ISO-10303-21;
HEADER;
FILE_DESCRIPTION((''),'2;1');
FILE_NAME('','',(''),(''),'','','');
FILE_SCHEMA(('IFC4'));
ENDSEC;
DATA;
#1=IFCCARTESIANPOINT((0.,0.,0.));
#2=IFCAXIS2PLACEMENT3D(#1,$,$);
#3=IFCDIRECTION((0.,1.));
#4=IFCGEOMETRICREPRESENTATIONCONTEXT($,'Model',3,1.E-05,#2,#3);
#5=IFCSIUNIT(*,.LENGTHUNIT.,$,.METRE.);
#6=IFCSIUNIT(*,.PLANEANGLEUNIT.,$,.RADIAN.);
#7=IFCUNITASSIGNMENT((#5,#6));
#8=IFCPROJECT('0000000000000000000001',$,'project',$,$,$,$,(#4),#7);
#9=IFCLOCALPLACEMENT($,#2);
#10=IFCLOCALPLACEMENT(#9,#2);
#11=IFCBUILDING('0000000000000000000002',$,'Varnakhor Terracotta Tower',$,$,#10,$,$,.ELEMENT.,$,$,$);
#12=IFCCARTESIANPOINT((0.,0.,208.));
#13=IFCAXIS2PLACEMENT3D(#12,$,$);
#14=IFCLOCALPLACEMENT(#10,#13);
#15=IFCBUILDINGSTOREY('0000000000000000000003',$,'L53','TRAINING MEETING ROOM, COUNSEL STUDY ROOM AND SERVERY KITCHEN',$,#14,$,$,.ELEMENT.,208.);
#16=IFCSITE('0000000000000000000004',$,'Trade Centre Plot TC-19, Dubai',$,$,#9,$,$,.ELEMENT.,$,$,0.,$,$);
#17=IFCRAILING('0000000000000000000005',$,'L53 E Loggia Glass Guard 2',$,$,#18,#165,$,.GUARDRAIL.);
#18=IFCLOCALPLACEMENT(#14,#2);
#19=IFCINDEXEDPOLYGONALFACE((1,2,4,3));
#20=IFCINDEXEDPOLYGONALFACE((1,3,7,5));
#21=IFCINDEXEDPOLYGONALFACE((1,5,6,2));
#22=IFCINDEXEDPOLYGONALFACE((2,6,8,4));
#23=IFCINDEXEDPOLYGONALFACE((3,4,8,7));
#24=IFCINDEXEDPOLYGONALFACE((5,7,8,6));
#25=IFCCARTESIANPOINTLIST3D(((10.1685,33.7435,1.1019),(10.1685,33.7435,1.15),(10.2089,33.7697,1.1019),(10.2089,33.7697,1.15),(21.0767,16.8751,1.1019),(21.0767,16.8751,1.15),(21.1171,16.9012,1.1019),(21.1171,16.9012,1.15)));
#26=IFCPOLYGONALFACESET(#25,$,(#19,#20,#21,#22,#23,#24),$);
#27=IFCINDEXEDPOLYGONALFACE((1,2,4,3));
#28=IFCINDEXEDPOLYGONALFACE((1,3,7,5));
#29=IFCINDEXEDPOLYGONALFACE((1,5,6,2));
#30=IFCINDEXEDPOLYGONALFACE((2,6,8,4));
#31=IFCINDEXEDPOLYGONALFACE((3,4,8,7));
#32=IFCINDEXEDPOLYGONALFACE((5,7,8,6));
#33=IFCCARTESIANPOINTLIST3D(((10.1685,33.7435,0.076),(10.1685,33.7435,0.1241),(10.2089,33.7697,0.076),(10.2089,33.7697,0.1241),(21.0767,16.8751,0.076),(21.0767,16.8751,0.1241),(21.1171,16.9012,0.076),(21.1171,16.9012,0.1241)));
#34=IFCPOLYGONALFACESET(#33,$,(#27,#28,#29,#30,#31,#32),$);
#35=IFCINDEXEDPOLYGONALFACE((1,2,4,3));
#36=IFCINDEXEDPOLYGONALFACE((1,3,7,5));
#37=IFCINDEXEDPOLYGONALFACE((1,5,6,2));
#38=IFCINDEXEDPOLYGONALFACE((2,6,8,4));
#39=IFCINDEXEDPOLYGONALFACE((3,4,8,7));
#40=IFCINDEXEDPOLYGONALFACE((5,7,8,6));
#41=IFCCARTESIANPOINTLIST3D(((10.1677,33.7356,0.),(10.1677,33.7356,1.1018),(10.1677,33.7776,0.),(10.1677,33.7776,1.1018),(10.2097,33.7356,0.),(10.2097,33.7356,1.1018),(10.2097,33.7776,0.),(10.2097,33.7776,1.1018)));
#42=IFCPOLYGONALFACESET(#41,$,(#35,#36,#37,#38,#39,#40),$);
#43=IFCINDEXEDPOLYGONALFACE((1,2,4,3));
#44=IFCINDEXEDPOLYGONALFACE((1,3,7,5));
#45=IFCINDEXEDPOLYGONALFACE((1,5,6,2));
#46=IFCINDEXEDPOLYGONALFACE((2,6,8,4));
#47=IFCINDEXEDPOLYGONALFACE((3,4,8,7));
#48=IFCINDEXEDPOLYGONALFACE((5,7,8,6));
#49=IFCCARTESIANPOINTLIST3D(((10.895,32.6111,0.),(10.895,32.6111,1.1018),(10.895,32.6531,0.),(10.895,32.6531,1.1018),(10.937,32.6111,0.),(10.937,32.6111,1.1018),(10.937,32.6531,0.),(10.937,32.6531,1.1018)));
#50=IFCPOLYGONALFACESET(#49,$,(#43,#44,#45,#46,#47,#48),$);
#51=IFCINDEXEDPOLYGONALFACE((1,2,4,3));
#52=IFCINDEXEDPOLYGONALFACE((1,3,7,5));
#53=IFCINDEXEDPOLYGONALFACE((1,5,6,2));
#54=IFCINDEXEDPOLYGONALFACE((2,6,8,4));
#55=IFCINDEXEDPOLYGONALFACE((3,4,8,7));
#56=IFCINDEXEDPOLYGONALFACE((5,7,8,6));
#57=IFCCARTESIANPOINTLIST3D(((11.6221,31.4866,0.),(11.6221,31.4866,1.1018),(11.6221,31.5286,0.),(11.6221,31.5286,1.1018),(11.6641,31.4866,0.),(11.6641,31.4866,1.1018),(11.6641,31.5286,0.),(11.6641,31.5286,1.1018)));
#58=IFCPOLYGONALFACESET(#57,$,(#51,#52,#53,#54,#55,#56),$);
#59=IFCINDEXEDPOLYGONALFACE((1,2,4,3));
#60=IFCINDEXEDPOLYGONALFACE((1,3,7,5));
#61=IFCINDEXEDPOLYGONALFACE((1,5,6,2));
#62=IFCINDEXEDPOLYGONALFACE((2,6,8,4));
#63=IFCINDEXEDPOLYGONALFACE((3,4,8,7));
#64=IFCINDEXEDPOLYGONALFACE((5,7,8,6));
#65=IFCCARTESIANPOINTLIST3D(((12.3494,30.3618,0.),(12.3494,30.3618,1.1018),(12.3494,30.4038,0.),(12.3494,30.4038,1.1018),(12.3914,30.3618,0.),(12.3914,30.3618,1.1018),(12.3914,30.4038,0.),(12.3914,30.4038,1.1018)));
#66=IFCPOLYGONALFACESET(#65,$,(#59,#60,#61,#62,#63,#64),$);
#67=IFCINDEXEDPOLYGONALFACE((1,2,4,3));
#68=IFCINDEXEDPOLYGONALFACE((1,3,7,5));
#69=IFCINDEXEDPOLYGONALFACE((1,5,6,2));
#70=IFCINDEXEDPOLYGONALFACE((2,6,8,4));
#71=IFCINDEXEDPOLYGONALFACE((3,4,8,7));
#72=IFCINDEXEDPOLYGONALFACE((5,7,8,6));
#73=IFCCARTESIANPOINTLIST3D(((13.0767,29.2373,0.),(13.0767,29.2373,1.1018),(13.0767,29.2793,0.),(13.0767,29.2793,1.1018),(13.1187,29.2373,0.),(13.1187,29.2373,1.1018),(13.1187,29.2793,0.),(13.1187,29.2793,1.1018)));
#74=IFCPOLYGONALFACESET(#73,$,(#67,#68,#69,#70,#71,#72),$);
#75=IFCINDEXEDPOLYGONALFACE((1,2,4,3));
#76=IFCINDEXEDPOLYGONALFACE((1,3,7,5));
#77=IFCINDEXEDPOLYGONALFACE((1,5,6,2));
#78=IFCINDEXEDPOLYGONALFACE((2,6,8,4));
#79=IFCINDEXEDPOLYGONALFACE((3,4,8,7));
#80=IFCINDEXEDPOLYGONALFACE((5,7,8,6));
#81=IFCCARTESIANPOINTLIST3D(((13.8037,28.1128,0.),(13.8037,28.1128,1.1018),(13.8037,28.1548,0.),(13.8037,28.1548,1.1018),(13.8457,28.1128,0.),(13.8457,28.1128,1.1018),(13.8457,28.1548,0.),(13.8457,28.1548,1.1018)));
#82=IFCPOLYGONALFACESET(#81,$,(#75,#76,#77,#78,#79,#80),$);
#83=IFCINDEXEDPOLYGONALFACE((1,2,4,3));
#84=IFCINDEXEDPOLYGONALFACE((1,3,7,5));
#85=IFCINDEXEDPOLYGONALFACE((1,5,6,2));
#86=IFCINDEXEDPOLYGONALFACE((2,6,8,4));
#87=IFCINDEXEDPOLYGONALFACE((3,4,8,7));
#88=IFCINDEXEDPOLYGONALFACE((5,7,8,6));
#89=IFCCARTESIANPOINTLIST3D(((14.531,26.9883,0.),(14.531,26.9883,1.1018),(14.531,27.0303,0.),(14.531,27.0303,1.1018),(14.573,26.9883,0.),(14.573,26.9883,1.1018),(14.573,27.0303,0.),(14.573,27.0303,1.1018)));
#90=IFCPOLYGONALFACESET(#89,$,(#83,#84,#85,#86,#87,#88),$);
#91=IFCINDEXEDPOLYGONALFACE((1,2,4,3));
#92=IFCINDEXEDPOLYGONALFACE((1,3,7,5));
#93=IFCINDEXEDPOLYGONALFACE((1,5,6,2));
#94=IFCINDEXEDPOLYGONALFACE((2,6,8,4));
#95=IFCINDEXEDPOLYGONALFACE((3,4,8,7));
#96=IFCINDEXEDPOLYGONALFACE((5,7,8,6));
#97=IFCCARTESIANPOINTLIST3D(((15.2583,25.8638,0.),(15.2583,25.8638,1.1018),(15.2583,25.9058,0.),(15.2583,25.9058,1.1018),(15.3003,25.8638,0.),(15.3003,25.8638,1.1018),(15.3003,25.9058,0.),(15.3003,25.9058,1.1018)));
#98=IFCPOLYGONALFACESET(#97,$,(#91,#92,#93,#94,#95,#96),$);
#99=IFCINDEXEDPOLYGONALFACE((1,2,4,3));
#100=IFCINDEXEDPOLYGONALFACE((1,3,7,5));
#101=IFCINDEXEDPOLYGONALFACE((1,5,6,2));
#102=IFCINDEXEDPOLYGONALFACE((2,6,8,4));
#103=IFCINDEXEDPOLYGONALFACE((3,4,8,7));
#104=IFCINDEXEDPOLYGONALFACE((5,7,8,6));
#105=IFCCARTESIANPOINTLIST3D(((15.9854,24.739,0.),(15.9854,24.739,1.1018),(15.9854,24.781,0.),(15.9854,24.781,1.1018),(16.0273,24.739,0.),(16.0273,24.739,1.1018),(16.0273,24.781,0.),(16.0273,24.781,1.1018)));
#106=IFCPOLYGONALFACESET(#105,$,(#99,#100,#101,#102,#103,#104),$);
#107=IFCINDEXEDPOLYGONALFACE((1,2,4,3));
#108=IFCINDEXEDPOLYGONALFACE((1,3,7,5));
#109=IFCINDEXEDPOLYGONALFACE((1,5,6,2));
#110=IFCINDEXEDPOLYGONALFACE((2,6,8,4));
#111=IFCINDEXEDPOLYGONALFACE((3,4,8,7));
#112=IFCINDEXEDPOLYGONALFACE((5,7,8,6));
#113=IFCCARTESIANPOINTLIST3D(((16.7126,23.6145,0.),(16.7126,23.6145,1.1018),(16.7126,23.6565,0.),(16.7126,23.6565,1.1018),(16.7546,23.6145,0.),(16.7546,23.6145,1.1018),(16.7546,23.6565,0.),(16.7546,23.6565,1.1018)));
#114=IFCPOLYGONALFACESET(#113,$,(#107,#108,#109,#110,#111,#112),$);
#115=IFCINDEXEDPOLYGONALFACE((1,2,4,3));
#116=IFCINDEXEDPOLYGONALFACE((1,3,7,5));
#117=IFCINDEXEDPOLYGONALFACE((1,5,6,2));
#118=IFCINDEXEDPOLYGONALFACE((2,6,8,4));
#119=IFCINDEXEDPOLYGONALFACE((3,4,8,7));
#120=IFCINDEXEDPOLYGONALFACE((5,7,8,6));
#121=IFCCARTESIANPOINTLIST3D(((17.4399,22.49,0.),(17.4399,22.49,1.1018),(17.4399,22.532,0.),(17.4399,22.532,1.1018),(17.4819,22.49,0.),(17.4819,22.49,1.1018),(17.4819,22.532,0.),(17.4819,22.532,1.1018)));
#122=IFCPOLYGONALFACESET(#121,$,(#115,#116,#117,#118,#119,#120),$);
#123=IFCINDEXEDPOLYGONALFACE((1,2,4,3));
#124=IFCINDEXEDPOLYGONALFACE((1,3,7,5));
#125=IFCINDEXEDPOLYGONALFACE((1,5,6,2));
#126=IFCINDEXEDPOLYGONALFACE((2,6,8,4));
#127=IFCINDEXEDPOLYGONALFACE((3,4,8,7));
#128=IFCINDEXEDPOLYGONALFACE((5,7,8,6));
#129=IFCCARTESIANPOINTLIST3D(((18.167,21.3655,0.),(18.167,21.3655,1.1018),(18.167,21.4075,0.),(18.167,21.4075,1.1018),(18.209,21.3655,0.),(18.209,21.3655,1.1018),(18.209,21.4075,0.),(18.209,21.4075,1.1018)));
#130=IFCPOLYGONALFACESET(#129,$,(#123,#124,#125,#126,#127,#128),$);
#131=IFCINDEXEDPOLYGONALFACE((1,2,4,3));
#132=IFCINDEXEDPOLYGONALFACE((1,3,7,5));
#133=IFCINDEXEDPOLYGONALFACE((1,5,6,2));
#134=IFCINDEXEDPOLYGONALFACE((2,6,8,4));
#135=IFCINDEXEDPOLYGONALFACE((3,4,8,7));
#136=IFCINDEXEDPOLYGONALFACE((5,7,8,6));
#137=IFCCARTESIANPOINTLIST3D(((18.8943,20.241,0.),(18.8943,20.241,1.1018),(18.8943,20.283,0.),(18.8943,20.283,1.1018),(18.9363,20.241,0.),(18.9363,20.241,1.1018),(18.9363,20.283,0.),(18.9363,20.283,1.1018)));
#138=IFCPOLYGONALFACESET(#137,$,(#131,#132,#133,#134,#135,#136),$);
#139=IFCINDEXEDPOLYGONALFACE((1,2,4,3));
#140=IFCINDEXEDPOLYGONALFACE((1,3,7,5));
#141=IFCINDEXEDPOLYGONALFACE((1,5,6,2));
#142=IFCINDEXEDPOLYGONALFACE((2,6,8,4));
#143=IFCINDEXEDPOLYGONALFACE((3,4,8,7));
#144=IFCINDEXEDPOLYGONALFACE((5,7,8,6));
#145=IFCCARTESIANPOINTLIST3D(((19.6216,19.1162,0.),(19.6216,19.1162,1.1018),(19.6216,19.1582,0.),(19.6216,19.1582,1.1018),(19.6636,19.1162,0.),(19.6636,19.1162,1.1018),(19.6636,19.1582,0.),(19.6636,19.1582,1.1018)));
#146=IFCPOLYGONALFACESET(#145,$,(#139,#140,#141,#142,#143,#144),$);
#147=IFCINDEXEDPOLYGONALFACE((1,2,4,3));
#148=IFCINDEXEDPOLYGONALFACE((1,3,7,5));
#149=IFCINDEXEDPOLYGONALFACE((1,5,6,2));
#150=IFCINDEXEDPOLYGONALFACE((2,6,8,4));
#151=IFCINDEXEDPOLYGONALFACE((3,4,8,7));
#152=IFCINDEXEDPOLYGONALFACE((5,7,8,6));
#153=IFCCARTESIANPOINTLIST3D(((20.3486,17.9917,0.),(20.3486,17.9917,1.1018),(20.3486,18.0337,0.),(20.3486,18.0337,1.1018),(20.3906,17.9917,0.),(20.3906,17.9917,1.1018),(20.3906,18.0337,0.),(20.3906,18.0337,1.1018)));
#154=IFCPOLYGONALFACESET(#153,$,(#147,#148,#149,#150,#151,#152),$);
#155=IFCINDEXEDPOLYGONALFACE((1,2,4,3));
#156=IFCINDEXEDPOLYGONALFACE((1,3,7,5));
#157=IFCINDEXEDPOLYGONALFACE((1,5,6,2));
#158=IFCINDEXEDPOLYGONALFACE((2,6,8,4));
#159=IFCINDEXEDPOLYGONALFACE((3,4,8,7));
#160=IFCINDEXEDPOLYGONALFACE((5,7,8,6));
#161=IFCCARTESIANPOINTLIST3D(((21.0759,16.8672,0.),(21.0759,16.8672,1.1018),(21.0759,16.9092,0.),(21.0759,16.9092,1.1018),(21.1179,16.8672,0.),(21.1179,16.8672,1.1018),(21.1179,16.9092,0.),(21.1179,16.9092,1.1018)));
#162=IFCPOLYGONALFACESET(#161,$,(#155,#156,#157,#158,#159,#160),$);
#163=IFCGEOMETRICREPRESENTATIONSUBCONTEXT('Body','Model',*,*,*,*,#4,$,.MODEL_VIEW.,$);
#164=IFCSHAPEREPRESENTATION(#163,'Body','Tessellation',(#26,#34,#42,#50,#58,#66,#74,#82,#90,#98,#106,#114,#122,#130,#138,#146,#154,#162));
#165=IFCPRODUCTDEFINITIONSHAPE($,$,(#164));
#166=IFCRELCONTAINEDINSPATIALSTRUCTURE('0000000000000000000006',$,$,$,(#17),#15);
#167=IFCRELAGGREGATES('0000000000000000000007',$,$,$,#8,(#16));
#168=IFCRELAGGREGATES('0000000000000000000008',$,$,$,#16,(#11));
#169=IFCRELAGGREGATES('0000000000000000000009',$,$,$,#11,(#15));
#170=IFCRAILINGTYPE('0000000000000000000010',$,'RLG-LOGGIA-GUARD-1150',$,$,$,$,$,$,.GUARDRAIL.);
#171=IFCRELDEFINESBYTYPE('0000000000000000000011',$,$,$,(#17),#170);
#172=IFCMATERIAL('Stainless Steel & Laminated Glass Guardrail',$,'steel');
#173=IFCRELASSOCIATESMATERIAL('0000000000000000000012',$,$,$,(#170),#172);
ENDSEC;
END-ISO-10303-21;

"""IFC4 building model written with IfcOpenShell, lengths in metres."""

from ifc_helpers import new_model, si_unit, direction, frame, origin, origin_2d, place, context, subcontext, project, spatial, rectangle, extrude, material, type_object, element, save


model = new_model("IFC4")

# Units and contexts
model_context = context("Model", 3, precision=1e-05, world=origin(), true_north=direction((0.0, 1.0)))
body_context = subcontext(model_context, "Body", "Model", "MODEL_VIEW")
ifc_project = project(units=[si_unit("LENGTHUNIT", "METRE"), si_unit("PLANEANGLEUNIT", "RADIAN")], contexts=[model_context])

# Site, building, storey
site_placement = place(None, origin())
site = spatial("IfcSite", under=ifc_project, at=site_placement, Name="Trade Centre Plot TC-19, Dubai", CompositionType="ELEMENT", RefElevation=0.0)
building_placement = place(site_placement, origin())
building = spatial("IfcBuilding", under=site, at=building_placement, Name="Varnakhor Terracotta Tower", CompositionType="ELEMENT")
storey_placement = place(building_placement, frame((0.0, 0.0, 208.0)))
storey = spatial("IfcBuildingStorey", under=building, at=storey_placement, Name="L53", Description="TRAINING MEETING ROOM, COUNSEL STUDY ROOM AND SERVERY KITCHEN", CompositionType="ELEMENT", Elevation=208.0)

# Railing
ifc_material_1 = material(Name="Stainless Steel & Laminated Glass Guardrail", Category="steel")
railing_type = type_object("IfcRailingType", Name="RLG-LOGGIA-GUARD-1150", PredefinedType="GUARDRAIL", material=ifc_material_1)
railing_1_placement = place(storey_placement, frame((10.1887, 33.7566, 0.0)))
element("IfcRailing", 1, at=railing_1_placement, inside=storey, type_object=railing_type, Name="L53 E Loggia Glass Guard 2", PredefinedType="GUARDRAIL", context=body_context, shape_type="SweptSolid", body=[
    extrude(rectangle(XDim=0.0481, YDim=0.0481, at=origin_2d()), frame((0.0, 0.0, 1.126), z_axis=(0.543018, -0.839721, 0.0), x_axis=(0.839721, 0.543018, 0.0)), (0.0, 0.0, 1.0), 20.0881),
    extrude(rectangle(XDim=0.0481, YDim=0.0481, at=origin_2d()), frame((0.0, 0.0, 0.1001), z_axis=(0.543018, -0.839721, 0.0), x_axis=(0.839721, 0.543018, 0.0)), (0.0, 0.0, 1.0), 20.0881),
    extrude(rectangle(XDim=0.042, YDim=0.042, at=origin_2d()), origin(), (0.0, 0.0, 1.0), 1.1018),
    extrude(rectangle(XDim=0.042, YDim=0.042, at=origin_2d()), frame((0.7273, -1.1245, 0.0)), (0.0, 0.0, 1.0), 1.1018),
    extrude(rectangle(XDim=0.042, YDim=0.042, at=origin_2d()), frame((1.4543, -2.249, 0.0)), (0.0, 0.0, 1.0), 1.1018),
    extrude(rectangle(XDim=0.042, YDim=0.042, at=origin_2d()), frame((2.1816, -3.3738, 0.0)), (0.0, 0.0, 1.0), 1.1018),
    extrude(rectangle(XDim=0.042, YDim=0.042, at=origin_2d()), frame((2.9089, -4.4983, 0.0)), (0.0, 0.0, 1.0), 1.1018),
    extrude(rectangle(XDim=0.042, YDim=0.042, at=origin_2d()), frame((3.636, -5.6228, 0.0)), (0.0, 0.0, 1.0), 1.1018),
    extrude(rectangle(XDim=0.042, YDim=0.042, at=origin_2d()), frame((4.3633, -6.7473, 0.0)), (0.0, 0.0, 1.0), 1.1018),
    extrude(rectangle(XDim=0.042, YDim=0.042, at=origin_2d()), frame((5.0906, -7.8718, 0.0)), (0.0, 0.0, 1.0), 1.1018),
    extrude(rectangle(XDim=0.042, YDim=0.042, at=origin_2d()), frame((5.8176, -8.9966, 0.0)), (0.0, 0.0, 1.0), 1.1018),
    extrude(rectangle(XDim=0.042, YDim=0.042, at=origin_2d()), frame((6.5449, -10.1211, 0.0)), (0.0, 0.0, 1.0), 1.1018),
    extrude(rectangle(XDim=0.042, YDim=0.042, at=origin_2d()), frame((7.2722, -11.2456, 0.0)), (0.0, 0.0, 1.0), 1.1018),
    extrude(rectangle(XDim=0.042, YDim=0.042, at=origin_2d()), frame((7.9993, -12.3701, 0.0)), (0.0, 0.0, 1.0), 1.1018),
    extrude(rectangle(XDim=0.042, YDim=0.042, at=origin_2d()), frame((8.7266, -13.4946, 0.0)), (0.0, 0.0, 1.0), 1.1018),
    extrude(rectangle(XDim=0.042, YDim=0.042, at=origin_2d()), frame((9.4539, -14.6194, 0.0)), (0.0, 0.0, 1.0), 1.1018),
    extrude(rectangle(XDim=0.042, YDim=0.042, at=origin_2d()), frame((10.1809, -15.7439, 0.0)), (0.0, 0.0, 1.0), 1.1018),
    extrude(rectangle(XDim=0.042, YDim=0.042, at=origin_2d()), frame((10.9082, -16.8684, 0.0)), (0.0, 0.0, 1.0), 1.1018),
])

save(model, "model.ifc")
